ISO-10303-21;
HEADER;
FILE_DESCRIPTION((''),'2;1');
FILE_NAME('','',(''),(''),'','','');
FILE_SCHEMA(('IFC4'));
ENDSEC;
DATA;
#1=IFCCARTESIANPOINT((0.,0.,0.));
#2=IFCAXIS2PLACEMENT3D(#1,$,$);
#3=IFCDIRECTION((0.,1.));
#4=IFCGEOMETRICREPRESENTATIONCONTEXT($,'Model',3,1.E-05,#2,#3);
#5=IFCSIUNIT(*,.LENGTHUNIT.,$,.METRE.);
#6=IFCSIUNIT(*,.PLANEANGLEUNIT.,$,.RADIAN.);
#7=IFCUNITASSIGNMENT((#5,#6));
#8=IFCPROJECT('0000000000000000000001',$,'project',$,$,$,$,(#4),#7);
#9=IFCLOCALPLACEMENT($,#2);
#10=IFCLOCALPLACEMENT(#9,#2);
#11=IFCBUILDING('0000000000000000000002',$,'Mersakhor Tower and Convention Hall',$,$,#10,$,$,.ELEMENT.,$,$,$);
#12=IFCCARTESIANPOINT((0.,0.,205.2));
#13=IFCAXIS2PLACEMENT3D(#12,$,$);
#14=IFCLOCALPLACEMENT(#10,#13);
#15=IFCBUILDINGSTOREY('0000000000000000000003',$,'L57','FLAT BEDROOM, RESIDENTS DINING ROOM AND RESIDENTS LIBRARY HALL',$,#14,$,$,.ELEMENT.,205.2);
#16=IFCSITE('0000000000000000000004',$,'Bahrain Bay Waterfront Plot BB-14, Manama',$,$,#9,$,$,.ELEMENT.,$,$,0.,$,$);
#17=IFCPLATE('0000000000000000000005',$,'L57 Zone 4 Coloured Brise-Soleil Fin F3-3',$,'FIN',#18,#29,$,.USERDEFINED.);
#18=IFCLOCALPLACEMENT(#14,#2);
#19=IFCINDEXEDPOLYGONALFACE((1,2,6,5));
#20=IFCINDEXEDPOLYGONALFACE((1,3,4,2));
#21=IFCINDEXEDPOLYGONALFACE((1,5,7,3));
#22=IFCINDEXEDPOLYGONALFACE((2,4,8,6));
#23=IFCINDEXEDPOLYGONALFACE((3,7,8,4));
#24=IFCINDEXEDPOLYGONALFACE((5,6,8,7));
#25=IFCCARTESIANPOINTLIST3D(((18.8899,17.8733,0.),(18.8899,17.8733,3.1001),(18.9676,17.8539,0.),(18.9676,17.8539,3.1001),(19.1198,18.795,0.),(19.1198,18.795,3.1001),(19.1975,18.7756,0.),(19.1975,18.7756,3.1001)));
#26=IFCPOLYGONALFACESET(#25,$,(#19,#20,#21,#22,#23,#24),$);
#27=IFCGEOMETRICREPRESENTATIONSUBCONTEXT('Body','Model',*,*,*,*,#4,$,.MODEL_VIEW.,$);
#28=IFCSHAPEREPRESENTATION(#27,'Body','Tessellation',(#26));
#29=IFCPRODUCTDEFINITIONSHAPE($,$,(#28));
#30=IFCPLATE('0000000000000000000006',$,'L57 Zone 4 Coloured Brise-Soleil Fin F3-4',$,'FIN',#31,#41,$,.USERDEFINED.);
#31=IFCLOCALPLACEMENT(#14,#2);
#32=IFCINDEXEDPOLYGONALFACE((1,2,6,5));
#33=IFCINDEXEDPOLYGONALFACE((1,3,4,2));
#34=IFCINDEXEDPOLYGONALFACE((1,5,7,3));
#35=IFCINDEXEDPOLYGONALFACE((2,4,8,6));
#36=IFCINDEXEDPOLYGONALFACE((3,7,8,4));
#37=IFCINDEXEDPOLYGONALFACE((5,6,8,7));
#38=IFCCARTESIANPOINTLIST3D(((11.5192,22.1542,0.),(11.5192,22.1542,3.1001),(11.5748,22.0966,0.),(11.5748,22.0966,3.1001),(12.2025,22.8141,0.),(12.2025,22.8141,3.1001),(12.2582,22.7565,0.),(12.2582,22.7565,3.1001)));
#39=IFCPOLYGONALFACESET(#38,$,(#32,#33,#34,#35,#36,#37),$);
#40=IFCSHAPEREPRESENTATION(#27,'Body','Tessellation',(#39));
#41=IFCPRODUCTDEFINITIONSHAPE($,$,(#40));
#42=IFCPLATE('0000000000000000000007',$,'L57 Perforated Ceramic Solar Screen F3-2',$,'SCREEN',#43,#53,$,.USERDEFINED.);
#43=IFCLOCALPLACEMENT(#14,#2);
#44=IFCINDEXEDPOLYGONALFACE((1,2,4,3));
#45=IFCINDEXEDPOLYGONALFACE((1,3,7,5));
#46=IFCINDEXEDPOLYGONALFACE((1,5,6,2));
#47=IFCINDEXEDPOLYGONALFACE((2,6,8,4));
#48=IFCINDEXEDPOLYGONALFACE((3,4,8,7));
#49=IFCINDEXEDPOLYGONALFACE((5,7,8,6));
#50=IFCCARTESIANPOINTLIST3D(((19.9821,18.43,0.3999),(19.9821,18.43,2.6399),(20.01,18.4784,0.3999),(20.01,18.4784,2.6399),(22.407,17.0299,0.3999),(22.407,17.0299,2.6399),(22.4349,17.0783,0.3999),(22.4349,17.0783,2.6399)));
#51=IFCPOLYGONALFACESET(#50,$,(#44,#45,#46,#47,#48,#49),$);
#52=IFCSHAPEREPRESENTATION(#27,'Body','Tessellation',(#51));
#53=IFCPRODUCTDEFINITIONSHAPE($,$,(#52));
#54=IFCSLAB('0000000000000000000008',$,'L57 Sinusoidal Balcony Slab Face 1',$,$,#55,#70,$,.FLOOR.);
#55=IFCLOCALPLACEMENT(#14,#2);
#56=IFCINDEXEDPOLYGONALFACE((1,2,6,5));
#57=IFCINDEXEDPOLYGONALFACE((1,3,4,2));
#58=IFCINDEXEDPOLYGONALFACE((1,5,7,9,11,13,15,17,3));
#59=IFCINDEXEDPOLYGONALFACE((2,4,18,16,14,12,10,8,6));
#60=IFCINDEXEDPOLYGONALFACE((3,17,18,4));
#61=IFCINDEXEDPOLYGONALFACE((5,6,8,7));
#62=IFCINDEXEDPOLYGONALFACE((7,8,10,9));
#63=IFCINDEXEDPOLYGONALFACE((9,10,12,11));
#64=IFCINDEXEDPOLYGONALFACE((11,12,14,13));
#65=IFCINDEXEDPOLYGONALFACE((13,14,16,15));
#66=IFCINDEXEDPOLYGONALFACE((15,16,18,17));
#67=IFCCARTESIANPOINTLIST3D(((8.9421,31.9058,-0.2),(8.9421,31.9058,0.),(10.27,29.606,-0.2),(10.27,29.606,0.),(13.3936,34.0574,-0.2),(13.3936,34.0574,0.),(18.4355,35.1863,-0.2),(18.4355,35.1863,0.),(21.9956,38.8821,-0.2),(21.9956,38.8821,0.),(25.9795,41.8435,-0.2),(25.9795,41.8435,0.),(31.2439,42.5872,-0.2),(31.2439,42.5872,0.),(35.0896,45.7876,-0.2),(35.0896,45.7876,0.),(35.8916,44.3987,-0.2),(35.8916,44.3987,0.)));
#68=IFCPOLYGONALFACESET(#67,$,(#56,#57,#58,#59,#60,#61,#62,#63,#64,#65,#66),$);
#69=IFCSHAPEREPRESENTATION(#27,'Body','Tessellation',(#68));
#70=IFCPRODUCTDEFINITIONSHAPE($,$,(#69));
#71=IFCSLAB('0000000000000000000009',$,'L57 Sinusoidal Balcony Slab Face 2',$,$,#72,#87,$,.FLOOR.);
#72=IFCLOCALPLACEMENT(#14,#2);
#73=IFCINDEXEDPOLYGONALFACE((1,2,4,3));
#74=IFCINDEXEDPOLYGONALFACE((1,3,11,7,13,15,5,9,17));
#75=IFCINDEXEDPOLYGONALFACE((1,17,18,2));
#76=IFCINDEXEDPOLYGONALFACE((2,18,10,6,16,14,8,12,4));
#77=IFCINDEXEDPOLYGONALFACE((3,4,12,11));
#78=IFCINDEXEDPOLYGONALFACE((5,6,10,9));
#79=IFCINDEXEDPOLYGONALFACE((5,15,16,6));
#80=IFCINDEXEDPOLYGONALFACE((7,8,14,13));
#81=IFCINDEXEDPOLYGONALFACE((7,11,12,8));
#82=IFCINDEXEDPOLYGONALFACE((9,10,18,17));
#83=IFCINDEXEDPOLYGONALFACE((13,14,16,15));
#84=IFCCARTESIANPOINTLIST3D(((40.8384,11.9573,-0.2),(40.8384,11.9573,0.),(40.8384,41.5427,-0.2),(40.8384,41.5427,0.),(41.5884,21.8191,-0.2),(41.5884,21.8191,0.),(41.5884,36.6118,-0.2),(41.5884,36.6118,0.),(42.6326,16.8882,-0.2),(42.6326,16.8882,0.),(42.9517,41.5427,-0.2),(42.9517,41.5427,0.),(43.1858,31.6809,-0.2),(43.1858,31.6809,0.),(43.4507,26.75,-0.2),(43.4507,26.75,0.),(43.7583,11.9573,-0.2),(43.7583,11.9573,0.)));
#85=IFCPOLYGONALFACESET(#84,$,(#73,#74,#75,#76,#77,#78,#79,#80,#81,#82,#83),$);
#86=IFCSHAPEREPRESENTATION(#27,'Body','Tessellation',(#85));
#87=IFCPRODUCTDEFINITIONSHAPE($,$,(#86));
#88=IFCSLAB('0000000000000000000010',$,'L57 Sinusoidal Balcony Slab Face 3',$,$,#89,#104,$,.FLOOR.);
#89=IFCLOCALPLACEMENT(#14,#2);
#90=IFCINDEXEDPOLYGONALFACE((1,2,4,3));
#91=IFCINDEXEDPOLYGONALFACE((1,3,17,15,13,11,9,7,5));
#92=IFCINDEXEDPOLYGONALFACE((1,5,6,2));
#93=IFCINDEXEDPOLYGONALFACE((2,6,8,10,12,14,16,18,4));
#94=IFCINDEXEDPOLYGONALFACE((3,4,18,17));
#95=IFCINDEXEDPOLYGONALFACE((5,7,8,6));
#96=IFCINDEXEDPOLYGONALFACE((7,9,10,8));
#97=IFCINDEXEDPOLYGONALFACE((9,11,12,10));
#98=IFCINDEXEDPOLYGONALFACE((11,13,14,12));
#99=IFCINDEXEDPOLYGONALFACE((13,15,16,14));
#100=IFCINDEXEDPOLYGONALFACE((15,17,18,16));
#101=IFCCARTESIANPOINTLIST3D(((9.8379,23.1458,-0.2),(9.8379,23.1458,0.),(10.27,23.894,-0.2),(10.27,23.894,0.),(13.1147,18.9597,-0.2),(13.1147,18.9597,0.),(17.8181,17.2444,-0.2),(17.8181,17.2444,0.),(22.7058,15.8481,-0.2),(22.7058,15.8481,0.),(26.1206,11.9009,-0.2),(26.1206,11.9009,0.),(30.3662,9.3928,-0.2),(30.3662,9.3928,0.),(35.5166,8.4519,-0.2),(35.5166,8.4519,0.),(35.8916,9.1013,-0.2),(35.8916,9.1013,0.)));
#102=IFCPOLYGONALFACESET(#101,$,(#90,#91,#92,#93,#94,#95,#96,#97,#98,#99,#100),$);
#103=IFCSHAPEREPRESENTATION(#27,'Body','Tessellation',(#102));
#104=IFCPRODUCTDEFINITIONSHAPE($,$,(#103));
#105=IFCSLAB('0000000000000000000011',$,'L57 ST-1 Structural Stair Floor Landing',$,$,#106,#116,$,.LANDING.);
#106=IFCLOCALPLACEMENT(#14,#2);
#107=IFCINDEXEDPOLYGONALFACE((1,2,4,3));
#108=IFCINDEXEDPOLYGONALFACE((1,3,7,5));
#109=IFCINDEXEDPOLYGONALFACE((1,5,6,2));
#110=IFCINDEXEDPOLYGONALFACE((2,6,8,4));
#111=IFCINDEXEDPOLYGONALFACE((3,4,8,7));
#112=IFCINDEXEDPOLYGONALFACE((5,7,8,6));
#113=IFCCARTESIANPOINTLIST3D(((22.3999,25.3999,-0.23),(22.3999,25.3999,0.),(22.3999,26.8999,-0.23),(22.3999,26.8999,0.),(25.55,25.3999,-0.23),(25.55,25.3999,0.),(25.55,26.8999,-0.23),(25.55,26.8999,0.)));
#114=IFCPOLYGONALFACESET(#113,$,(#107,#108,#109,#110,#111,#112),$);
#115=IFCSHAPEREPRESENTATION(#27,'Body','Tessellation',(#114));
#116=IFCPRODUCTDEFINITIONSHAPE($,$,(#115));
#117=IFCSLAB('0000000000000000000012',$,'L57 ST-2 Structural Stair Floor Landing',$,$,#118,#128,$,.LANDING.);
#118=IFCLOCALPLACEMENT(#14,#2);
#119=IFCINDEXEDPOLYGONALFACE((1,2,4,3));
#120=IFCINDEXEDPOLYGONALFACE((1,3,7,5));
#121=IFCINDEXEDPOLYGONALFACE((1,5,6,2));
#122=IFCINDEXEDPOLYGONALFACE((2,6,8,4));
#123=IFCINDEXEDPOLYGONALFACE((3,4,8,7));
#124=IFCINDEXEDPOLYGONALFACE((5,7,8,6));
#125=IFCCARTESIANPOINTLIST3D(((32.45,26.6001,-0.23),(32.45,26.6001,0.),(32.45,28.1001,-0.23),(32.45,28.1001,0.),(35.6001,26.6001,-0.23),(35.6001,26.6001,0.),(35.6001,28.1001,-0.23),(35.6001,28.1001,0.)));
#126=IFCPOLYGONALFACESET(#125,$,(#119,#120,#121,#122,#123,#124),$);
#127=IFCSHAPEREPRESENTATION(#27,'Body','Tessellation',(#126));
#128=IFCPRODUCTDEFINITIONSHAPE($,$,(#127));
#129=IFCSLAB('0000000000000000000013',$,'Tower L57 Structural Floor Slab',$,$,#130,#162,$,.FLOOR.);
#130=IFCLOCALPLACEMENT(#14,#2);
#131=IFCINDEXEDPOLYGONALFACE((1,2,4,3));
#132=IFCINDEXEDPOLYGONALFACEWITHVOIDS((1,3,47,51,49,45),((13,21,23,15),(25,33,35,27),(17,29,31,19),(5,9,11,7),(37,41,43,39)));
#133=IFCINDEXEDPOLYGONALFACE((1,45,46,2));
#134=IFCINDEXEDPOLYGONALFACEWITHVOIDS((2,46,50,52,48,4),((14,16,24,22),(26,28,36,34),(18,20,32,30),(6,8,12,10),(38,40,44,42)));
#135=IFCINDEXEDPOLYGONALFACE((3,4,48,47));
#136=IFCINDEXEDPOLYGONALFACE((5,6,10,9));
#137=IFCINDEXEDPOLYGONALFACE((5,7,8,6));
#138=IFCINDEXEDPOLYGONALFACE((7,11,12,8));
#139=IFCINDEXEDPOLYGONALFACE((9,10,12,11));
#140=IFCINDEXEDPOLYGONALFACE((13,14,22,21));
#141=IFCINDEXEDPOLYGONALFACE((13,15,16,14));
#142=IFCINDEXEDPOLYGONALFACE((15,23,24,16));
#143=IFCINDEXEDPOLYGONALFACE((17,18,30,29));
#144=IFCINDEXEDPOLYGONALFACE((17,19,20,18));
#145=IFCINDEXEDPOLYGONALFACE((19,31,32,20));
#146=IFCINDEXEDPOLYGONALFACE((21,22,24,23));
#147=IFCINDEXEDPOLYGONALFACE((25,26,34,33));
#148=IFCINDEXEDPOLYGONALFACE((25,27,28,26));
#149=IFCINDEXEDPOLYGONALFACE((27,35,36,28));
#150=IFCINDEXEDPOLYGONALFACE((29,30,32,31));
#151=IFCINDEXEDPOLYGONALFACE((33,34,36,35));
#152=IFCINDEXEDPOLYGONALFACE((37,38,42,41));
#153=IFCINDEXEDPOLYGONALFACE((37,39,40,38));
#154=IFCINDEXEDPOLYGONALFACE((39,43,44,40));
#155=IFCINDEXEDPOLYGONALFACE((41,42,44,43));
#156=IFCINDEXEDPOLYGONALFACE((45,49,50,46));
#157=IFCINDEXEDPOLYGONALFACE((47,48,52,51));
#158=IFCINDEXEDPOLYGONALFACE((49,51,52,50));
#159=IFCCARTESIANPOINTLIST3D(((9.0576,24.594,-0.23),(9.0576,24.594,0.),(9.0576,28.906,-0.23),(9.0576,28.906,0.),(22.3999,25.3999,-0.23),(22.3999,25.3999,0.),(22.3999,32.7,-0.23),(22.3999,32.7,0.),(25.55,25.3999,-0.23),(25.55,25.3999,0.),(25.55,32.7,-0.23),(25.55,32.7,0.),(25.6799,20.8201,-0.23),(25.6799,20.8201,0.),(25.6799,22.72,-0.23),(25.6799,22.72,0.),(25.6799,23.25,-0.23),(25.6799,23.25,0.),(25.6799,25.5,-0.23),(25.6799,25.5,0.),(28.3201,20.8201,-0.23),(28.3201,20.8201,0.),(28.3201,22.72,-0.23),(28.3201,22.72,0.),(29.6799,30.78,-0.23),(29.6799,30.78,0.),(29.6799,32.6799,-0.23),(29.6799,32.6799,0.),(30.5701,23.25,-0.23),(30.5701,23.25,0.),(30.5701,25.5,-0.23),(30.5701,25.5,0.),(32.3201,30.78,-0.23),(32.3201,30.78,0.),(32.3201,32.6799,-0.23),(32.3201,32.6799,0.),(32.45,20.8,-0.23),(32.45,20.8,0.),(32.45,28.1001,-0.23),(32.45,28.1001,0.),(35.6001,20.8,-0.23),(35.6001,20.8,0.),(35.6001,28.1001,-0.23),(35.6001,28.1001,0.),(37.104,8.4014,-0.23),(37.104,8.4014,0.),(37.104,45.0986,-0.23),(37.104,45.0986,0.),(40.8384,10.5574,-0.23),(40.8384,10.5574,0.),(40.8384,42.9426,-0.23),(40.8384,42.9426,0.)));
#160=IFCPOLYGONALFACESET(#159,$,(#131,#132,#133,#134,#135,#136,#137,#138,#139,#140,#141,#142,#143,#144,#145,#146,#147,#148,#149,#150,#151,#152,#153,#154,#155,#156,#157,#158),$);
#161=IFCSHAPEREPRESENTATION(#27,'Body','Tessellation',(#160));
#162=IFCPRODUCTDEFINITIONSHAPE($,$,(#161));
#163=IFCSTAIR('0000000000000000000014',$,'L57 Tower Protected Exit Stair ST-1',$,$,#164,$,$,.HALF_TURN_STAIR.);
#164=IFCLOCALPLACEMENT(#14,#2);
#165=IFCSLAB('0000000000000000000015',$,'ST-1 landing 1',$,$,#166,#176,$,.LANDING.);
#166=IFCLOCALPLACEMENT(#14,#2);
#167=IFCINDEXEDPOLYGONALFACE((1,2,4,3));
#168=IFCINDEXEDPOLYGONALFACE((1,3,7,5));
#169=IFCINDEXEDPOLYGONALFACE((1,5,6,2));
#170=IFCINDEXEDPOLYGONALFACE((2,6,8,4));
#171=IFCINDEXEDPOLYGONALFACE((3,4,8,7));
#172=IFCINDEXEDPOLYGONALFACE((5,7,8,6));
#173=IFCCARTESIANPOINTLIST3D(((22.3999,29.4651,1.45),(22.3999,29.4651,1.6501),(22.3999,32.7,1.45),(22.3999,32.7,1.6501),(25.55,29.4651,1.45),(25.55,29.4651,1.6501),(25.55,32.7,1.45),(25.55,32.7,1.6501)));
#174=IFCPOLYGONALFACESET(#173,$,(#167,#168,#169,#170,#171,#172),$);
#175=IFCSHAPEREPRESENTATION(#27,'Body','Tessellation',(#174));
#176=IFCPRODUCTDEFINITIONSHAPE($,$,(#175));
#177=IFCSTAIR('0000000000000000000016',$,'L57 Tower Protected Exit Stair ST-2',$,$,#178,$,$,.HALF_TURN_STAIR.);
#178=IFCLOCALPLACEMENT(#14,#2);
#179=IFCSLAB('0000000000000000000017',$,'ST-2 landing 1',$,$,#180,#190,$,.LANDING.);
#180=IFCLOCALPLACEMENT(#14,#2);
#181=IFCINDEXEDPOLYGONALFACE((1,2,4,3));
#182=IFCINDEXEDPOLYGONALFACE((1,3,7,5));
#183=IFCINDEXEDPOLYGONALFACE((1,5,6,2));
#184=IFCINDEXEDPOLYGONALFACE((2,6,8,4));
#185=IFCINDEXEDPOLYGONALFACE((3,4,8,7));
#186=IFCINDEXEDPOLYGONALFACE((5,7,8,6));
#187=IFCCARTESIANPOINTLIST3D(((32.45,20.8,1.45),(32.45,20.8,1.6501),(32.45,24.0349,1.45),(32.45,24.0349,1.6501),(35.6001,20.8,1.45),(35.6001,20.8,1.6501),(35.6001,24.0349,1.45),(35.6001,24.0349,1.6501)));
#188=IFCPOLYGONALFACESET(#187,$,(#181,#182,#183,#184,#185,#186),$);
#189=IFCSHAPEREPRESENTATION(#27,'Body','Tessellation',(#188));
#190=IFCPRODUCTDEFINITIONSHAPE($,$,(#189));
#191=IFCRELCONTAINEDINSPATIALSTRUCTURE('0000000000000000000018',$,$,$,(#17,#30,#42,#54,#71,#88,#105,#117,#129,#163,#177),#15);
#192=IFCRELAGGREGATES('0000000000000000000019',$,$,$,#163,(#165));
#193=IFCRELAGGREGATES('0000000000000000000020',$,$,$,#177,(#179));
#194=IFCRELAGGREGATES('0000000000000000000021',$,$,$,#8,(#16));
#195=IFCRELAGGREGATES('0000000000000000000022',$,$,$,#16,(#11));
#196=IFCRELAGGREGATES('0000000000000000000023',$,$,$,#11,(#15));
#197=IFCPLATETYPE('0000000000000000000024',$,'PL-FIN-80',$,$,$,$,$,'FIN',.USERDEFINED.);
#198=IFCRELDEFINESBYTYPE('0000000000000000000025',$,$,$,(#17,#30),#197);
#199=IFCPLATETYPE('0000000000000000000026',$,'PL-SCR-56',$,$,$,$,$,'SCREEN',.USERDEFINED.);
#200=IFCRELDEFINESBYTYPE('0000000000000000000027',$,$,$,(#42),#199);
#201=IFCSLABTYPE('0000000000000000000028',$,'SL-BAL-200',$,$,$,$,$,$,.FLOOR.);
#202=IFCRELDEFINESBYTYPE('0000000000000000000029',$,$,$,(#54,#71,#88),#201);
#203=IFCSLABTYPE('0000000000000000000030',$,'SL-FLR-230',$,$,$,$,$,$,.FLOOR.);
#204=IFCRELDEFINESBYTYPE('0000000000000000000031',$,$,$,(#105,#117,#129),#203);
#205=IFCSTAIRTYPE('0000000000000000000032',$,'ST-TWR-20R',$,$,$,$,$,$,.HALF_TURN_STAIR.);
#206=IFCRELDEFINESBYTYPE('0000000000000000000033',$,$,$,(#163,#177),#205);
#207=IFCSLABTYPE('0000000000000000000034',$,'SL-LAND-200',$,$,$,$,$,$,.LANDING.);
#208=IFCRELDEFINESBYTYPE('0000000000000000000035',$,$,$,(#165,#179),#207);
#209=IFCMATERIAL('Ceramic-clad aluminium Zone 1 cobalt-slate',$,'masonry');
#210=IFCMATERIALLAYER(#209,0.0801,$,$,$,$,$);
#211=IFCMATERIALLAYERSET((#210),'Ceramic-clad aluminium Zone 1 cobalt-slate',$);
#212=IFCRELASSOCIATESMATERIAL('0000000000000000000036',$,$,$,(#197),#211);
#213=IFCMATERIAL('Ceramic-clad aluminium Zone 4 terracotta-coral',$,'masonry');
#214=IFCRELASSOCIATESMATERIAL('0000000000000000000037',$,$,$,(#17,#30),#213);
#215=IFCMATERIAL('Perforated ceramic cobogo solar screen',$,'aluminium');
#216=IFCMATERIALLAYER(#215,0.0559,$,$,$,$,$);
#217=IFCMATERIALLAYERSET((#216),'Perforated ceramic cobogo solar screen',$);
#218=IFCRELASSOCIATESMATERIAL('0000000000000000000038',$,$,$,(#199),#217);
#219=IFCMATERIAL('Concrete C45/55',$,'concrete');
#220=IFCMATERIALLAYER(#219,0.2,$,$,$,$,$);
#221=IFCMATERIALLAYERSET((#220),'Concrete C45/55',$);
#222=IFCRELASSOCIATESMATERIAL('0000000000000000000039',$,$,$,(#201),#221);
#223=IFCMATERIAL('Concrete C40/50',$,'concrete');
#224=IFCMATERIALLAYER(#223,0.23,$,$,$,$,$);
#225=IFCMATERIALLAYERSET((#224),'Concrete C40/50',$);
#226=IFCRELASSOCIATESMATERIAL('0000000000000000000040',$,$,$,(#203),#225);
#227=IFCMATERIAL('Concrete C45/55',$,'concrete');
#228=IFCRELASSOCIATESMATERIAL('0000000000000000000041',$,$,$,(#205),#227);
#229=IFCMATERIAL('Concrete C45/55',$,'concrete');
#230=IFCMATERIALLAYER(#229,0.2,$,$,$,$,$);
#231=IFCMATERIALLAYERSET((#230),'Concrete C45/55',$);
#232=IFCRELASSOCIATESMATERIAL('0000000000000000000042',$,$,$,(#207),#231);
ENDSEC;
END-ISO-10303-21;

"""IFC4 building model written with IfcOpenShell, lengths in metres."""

from ifc_helpers import new_model, si_unit, direction, frame, origin, origin_2d, place, context, subcontext, project, spatial, polyline, rectangle, outline, extrude, material, layer, layer_set, type_object, element, aggregate, save


model = new_model("IFC4")

# Units and contexts
model_context = context("Model", 3, precision=1e-05, world=origin(), true_north=direction((0.0, 1.0)))
body_context = subcontext(model_context, "Body", "Model", "MODEL_VIEW")
ifc_project = project(units=[si_unit("LENGTHUNIT", "METRE"), si_unit("PLANEANGLEUNIT", "RADIAN")], contexts=[model_context])

# Site, building, storey
site_placement = place(None, origin())
site = spatial("IfcSite", under=ifc_project, at=site_placement, Name="Bahrain Bay Waterfront Plot BB-14, Manama", CompositionType="ELEMENT", RefElevation=0.0)
building_placement = place(site_placement, origin())
building = spatial("IfcBuilding", under=site, at=building_placement, Name="Mersakhor Tower and Convention Hall", CompositionType="ELEMENT")
storey_placement = place(building_placement, frame((0.0, 0.0, 205.2)))
storey = spatial("IfcBuildingStorey", under=building, at=storey_placement, Name="L57", Description="FLAT BEDROOM, RESIDENTS DINING ROOM AND RESIDENTS LIBRARY HALL", CompositionType="ELEMENT", Elevation=205.2)

# Plates
ifc_material_1 = material(Name="Ceramic-clad aluminium Zone 4 terracotta-coral", Category="masonry")
ifc_material_2 = material(Name="Ceramic-clad aluminium Zone 1 cobalt-slate", Category="masonry")
ifc_layer_1 = layer(ifc_material_2, 0.0801)
ifc_layer_set_1 = layer_set([ifc_layer_1], Name="Ceramic-clad aluminium Zone 1 cobalt-slate")
plate_type_1 = type_object("IfcPlateType", Name="PL-FIN-80", ElementType="FIN", PredefinedType="USERDEFINED", material=ifc_layer_set_1)
for number, where, z_axis, x_axis, name in (
    (1, (19.0437, 18.3245, 0.0), (0.0, 0.0, 1.0), (-0.241922, -0.970296, 0.0), "L57 Zone 4 Coloured Brise-Soleil Fin F3-3"),
    (2, (11.8887, 22.4553, 0.0), (0.0, 0.0, 1.0), (-0.71934, -0.694658, 0.0), "L57 Zone 4 Coloured Brise-Soleil Fin F3-4"),
):
    element("IfcPlate", number, at=place(storey_placement, frame(where, z_axis=z_axis, x_axis=x_axis)), inside=storey, type_object=plate_type_1, material=ifc_material_1, Name=name, ObjectType="FIN", PredefinedType="USERDEFINED", context=body_context, shape_type="SweptSolid", body=[
        extrude(rectangle(XDim=0.95, YDim=0.0801, at=origin_2d()), origin(), (0.0, 0.0, 1.0), 3.1001),
    ])
ifc_material_3 = material(Name="Perforated ceramic cobogo solar screen", Category="aluminium")
ifc_layer_2 = layer(ifc_material_3, 0.0559)
ifc_layer_set_2 = layer_set([ifc_layer_2], Name="Perforated ceramic cobogo solar screen")
plate_type_2 = type_object("IfcPlateType", Name="PL-SCR-56", ElementType="SCREEN", PredefinedType="USERDEFINED", material=ifc_layer_set_2)
plate_1_placement = place(storey_placement, frame((21.2085, 17.7542, 0.3999), z_axis=(0.0, 0.0, 1.0), x_axis=(-0.866025, 0.5, 0.0)))
element("IfcPlate", 3, at=plate_1_placement, inside=storey, type_object=plate_type_2, Name="L57 Perforated Ceramic Solar Screen F3-2", ObjectType="SCREEN", PredefinedType="USERDEFINED", context=body_context, shape_type="SweptSolid", body=[
    extrude(rectangle(XDim=2.8, YDim=0.0559, at=origin_2d()), origin(), (0.0, 0.0, 1.0), 2.24),
])

# Slabs
ifc_material_4 = material(Name="Concrete C45/55", Category="concrete")
ifc_layer_3 = layer(ifc_material_4, 0.2)
ifc_layer_set_3 = layer_set([ifc_layer_3], Name="Concrete C45/55")
slab_type_1 = type_object("IfcSlabType", Name="SL-BAL-200", PredefinedType="FLOOR", material=ifc_layer_set_3)
slab_1_placement = place(storey_placement, frame((0.0, 0.0, -0.2)))
element("IfcSlab", 4, at=slab_1_placement, inside=storey, type_object=slab_type_1, Name="L57 Sinusoidal Balcony Slab Face 1", PredefinedType="FLOOR", context=body_context, shape_type="SweptSolid", body=[
    extrude(outline(polyline([(10.27, 29.606), (35.8916, 44.3987), (35.0896, 45.7876), (31.2439, 42.5872), (25.9795, 41.8435), (21.9956, 38.8821), (18.4355, 35.1863), (13.3936, 34.0574), (8.9421, 31.9058), (10.27, 29.606)])), origin(), (0.0, 0.0, 1.0), 0.2),
])
slab_2_placement = place(storey_placement, frame((0.0, 0.0, -0.2)))
element("IfcSlab", 5, at=slab_2_placement, inside=storey, type_object=slab_type_1, Name="L57 Sinusoidal Balcony Slab Face 2", PredefinedType="FLOOR", context=body_context, shape_type="SweptSolid", body=[
    extrude(outline(polyline([(40.8384, 41.5427), (40.8384, 11.9573), (43.7583, 11.9573), (42.6326, 16.8882), (41.5884, 21.8191), (43.4507, 26.75), (43.1858, 31.6809), (41.5884, 36.6118), (42.9517, 41.5427), (40.8384, 41.5427)])), origin(), (0.0, 0.0, 1.0), 0.2),
])
slab_3_placement = place(storey_placement, frame((0.0, 0.0, -0.2)))
element("IfcSlab", 6, at=slab_3_placement, inside=storey, type_object=slab_type_1, Name="L57 Sinusoidal Balcony Slab Face 3", PredefinedType="FLOOR", context=body_context, shape_type="SweptSolid", body=[
    extrude(outline(polyline([(35.8916, 9.1013), (10.27, 23.894), (9.8379, 23.1458), (13.1147, 18.9597), (17.8181, 17.2444), (22.7058, 15.8481), (26.1206, 11.9009), (30.3662, 9.3928), (35.5166, 8.4519), (35.8916, 9.1013)])), origin(), (0.0, 0.0, 1.0), 0.2),
])
ifc_material_5 = material(Name="Concrete C40/50", Category="concrete")
ifc_layer_4 = layer(ifc_material_5, 0.23)
ifc_layer_set_4 = layer_set([ifc_layer_4], Name="Concrete C40/50")
slab_type_2 = type_object("IfcSlabType", Name="SL-FLR-230", PredefinedType="FLOOR", material=ifc_layer_set_4)
slab_4_placement = place(storey_placement, frame((0.0, 0.0, -0.23)))
element("IfcSlab", 7, at=slab_4_placement, inside=storey, type_object=slab_type_2, Name="L57 ST-1 Structural Stair Floor Landing", PredefinedType="LANDING", context=body_context, shape_type="SweptSolid", body=[
    extrude(outline(polyline([(25.55, 25.3999), (25.55, 26.8999), (22.3999, 26.8999), (22.3999, 25.3999), (25.55, 25.3999)])), origin(), (0.0, 0.0, 1.0), 0.23),
])
slab_5_placement = place(storey_placement, frame((0.0, 0.0, -0.23)))
element("IfcSlab", 8, at=slab_5_placement, inside=storey, type_object=slab_type_2, Name="L57 ST-2 Structural Stair Floor Landing", PredefinedType="LANDING", context=body_context, shape_type="SweptSolid", body=[
    extrude(outline(polyline([(32.45, 28.1001), (32.45, 26.6001), (35.6001, 26.6001), (35.6001, 28.1001), (32.45, 28.1001)])), origin(), (0.0, 0.0, 1.0), 0.23),
])
slab_6_placement = place(storey_placement, frame((0.0, 0.0, -0.23)))
element("IfcSlab", 9, at=slab_6_placement, inside=storey, type_object=slab_type_2, Name="Tower L57 Structural Floor Slab", PredefinedType="FLOOR", context=body_context, shape_type="SweptSolid", body=[
    extrude(outline(polyline([(9.0576, 28.906), (37.104, 45.0986), (40.8384, 42.9426), (40.8384, 10.5574), (37.104, 8.4014), (9.0576, 24.594), (9.0576, 28.906)]), holes=[polyline([(25.55, 25.3999), (25.55, 32.7), (22.3999, 32.7), (22.3999, 25.3999), (25.55, 25.3999)]), polyline([(32.45, 28.1001), (32.45, 20.8), (35.6001, 20.8), (35.6001, 28.1001), (32.45, 28.1001)]), polyline([(25.6799, 20.8201), (25.6799, 22.72), (28.3201, 22.72), (28.3201, 20.8201), (25.6799, 20.8201)]), polyline([(29.6799, 30.78), (29.6799, 32.6799), (32.3201, 32.6799), (32.3201, 30.78), (29.6799, 30.78)]), polyline([(25.6799, 23.25), (25.6799, 25.5), (30.5701, 25.5), (30.5701, 23.25), (25.6799, 23.25)])]), origin(), (0.0, 0.0, 1.0), 0.23),
])

# Stairs, slabs
ifc_material_6 = material(Name="Concrete C45/55", Category="concrete")
stair_type = type_object("IfcStairType", Name="ST-TWR-20R", PredefinedType="HALF_TURN_STAIR", material=ifc_material_6)
stair_1_placement = place(storey_placement, origin())
stair_1 = element("IfcStair", 10, at=stair_1_placement, inside=storey, type_object=stair_type, Name="L57 Tower Protected Exit Stair ST-1", PredefinedType="HALF_TURN_STAIR")
ifc_material_7 = material(Name="Concrete C45/55", Category="concrete")
ifc_layer_5 = layer(ifc_material_7, 0.2)
ifc_layer_set_5 = layer_set([ifc_layer_5], Name="Concrete C45/55")
slab_type_3 = type_object("IfcSlabType", Name="SL-LAND-200", PredefinedType="LANDING", material=ifc_layer_set_5)
slab_7_placement = place(storey_placement, frame((0.0, 0.0, 1.45)))
slab_7 = element("IfcSlab", 11, at=slab_7_placement, type_object=slab_type_3, Name="ST-1 landing 1", PredefinedType="LANDING", context=body_context, shape_type="SweptSolid", body=[
    extrude(outline(polyline([(25.55, 29.4651), (25.55, 32.7), (22.3999, 32.7), (22.3999, 29.4651), (25.55, 29.4651)])), origin(), (0.0, 0.0, 1.0), 0.2002),
])
aggregate(stair_1, [slab_7])
stair_2_placement = place(storey_placement, origin())
stair_2 = element("IfcStair", 12, at=stair_2_placement, inside=storey, type_object=stair_type, Name="L57 Tower Protected Exit Stair ST-2", PredefinedType="HALF_TURN_STAIR")
slab_8_placement = place(storey_placement, frame((0.0, 0.0, 1.45)))
slab_8 = element("IfcSlab", 13, at=slab_8_placement, type_object=slab_type_3, Name="ST-2 landing 1", PredefinedType="LANDING", context=body_context, shape_type="SweptSolid", body=[
    extrude(outline(polyline([(32.45, 24.0349), (32.45, 20.8), (35.6001, 20.8), (35.6001, 24.0349), (32.45, 24.0349)])), origin(), (0.0, 0.0, 1.0), 0.2002),
])
aggregate(stair_2, [slab_8])

save(model, "model.ifc")
